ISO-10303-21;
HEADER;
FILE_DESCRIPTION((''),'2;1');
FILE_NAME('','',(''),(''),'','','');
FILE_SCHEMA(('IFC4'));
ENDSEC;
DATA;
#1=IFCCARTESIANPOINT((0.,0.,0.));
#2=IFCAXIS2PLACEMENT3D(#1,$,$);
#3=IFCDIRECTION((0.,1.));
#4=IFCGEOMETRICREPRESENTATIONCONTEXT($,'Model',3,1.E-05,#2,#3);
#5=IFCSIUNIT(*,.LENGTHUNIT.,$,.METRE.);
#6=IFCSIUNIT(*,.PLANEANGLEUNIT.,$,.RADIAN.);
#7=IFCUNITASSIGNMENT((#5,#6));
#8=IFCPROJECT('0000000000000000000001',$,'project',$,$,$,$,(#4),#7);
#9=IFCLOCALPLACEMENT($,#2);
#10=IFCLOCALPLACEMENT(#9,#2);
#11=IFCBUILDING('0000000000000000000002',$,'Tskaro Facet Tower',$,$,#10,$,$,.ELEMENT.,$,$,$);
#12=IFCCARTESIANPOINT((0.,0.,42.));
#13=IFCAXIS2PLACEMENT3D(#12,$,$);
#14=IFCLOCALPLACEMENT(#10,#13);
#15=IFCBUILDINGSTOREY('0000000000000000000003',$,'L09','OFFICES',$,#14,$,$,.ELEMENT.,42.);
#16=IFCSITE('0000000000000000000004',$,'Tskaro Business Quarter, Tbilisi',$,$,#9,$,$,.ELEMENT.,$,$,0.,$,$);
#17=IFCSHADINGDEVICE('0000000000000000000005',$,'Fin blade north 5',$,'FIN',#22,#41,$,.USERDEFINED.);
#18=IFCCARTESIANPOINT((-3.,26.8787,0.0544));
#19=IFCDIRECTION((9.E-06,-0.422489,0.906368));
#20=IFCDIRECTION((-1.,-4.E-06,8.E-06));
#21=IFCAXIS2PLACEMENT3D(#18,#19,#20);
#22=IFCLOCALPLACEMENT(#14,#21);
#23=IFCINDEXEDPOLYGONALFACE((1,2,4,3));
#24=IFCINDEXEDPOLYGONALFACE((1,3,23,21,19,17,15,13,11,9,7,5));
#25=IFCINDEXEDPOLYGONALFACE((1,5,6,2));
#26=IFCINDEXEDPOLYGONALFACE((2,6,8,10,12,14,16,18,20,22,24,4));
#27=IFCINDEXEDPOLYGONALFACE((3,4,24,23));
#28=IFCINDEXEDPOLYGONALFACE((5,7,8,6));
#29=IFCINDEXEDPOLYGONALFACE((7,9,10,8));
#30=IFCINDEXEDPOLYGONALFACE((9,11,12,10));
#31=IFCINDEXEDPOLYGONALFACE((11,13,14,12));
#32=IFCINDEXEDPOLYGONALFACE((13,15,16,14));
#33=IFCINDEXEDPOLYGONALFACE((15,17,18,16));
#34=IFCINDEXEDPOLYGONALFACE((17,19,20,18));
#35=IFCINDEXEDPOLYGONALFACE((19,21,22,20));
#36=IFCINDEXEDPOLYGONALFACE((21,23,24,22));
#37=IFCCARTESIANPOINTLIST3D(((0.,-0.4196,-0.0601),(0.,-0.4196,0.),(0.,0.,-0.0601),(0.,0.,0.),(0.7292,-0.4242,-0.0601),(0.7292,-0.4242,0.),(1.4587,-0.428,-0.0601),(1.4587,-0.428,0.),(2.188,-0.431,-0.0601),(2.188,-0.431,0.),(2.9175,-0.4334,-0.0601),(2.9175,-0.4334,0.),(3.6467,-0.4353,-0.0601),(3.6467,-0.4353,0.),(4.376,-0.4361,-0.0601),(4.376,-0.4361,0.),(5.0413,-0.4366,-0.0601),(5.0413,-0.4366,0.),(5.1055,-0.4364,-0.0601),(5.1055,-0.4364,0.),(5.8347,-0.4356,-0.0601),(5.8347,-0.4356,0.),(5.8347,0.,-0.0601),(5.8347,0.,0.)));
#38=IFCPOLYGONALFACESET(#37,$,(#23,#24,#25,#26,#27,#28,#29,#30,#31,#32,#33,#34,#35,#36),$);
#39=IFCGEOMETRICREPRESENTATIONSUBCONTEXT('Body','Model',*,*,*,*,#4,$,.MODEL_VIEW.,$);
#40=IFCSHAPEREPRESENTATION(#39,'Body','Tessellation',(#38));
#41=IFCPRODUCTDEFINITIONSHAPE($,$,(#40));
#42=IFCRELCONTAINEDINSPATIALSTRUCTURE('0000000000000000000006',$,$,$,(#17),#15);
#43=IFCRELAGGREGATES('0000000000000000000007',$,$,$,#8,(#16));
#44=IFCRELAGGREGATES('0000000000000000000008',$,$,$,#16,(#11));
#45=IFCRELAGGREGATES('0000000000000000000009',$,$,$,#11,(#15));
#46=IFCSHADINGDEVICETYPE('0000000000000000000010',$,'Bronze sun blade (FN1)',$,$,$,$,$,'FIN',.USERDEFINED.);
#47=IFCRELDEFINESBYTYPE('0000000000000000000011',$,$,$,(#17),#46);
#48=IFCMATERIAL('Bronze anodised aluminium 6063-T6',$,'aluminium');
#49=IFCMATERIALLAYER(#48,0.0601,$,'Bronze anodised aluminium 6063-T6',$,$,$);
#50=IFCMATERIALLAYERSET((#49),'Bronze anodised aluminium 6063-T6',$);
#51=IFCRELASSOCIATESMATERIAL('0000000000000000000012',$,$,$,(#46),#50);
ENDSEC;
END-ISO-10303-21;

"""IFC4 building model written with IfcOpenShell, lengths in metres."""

from ifc_helpers import new_model, si_unit, direction, frame, origin, place, context, subcontext, project, spatial, polyline, outline, extrude, material, layer, layer_set, type_object, element, save


model = new_model("IFC4")

# Units and contexts
model_context = context("Model", 3, precision=1e-05, world=origin(), true_north=direction((0.0, 1.0)))
body_context = subcontext(model_context, "Body", "Model", "MODEL_VIEW")
ifc_project = project(units=[si_unit("LENGTHUNIT", "METRE"), si_unit("PLANEANGLEUNIT", "RADIAN")], contexts=[model_context])

# Site, building, storey
site_placement = place(None, origin())
site = spatial("IfcSite", under=ifc_project, at=site_placement, Name="Tskaro Business Quarter, Tbilisi", CompositionType="ELEMENT", RefElevation=0.0)
building_placement = place(site_placement, origin())
building = spatial("IfcBuilding", under=site, at=building_placement, Name="Tskaro Facet Tower", CompositionType="ELEMENT")
storey_placement = place(building_placement, frame((0.0, 0.0, 42.0)))
storey = spatial("IfcBuildingStorey", under=building, at=storey_placement, Name="L09", Description="OFFICES", CompositionType="ELEMENT", Elevation=42.0)

# Shared definitions
ifc_material_1 = material(Name="Bronze anodised aluminium 6063-T6", Category="aluminium")

# Shading device
ifc_layer_1 = layer(ifc_material_1, 0.0601, Name="Bronze anodised aluminium 6063-T6")
ifc_layer_set_1 = layer_set([ifc_layer_1], Name="Bronze anodised aluminium 6063-T6")
shading_device_type = type_object("IfcShadingDeviceType", Name="Bronze sun blade (FN1)", ElementType="FIN", PredefinedType="USERDEFINED", material=ifc_layer_set_1)
shading_device_1_placement = place(storey_placement, frame((-3.0, 26.8787, 0.0544), z_axis=(0.000009, -0.422489, 0.906368), x_axis=(-1.0, -0.000004, 0.000008)))
element("IfcShadingDevice", 1, at=shading_device_1_placement, inside=storey, type_object=shading_device_type, Name="Fin blade north 5", ObjectType="FIN", PredefinedType="USERDEFINED", context=body_context, shape_type="SweptSolid", body=[
    extrude(outline(polyline([(0.0, 0.0), (5.8347, 0.0), (5.8347, -0.4356), (5.1055, -0.4364), (5.0413, -0.4366), (4.376, -0.4361), (3.6467, -0.4353), (2.9175, -0.4334), (2.188, -0.431), (1.4587, -0.428), (0.7292, -0.4242), (0.0, -0.4196), (0.0, 0.0)])), origin(), (0.0, 0.0, -1.0), 0.0601),
])

save(model, "model.ifc")
